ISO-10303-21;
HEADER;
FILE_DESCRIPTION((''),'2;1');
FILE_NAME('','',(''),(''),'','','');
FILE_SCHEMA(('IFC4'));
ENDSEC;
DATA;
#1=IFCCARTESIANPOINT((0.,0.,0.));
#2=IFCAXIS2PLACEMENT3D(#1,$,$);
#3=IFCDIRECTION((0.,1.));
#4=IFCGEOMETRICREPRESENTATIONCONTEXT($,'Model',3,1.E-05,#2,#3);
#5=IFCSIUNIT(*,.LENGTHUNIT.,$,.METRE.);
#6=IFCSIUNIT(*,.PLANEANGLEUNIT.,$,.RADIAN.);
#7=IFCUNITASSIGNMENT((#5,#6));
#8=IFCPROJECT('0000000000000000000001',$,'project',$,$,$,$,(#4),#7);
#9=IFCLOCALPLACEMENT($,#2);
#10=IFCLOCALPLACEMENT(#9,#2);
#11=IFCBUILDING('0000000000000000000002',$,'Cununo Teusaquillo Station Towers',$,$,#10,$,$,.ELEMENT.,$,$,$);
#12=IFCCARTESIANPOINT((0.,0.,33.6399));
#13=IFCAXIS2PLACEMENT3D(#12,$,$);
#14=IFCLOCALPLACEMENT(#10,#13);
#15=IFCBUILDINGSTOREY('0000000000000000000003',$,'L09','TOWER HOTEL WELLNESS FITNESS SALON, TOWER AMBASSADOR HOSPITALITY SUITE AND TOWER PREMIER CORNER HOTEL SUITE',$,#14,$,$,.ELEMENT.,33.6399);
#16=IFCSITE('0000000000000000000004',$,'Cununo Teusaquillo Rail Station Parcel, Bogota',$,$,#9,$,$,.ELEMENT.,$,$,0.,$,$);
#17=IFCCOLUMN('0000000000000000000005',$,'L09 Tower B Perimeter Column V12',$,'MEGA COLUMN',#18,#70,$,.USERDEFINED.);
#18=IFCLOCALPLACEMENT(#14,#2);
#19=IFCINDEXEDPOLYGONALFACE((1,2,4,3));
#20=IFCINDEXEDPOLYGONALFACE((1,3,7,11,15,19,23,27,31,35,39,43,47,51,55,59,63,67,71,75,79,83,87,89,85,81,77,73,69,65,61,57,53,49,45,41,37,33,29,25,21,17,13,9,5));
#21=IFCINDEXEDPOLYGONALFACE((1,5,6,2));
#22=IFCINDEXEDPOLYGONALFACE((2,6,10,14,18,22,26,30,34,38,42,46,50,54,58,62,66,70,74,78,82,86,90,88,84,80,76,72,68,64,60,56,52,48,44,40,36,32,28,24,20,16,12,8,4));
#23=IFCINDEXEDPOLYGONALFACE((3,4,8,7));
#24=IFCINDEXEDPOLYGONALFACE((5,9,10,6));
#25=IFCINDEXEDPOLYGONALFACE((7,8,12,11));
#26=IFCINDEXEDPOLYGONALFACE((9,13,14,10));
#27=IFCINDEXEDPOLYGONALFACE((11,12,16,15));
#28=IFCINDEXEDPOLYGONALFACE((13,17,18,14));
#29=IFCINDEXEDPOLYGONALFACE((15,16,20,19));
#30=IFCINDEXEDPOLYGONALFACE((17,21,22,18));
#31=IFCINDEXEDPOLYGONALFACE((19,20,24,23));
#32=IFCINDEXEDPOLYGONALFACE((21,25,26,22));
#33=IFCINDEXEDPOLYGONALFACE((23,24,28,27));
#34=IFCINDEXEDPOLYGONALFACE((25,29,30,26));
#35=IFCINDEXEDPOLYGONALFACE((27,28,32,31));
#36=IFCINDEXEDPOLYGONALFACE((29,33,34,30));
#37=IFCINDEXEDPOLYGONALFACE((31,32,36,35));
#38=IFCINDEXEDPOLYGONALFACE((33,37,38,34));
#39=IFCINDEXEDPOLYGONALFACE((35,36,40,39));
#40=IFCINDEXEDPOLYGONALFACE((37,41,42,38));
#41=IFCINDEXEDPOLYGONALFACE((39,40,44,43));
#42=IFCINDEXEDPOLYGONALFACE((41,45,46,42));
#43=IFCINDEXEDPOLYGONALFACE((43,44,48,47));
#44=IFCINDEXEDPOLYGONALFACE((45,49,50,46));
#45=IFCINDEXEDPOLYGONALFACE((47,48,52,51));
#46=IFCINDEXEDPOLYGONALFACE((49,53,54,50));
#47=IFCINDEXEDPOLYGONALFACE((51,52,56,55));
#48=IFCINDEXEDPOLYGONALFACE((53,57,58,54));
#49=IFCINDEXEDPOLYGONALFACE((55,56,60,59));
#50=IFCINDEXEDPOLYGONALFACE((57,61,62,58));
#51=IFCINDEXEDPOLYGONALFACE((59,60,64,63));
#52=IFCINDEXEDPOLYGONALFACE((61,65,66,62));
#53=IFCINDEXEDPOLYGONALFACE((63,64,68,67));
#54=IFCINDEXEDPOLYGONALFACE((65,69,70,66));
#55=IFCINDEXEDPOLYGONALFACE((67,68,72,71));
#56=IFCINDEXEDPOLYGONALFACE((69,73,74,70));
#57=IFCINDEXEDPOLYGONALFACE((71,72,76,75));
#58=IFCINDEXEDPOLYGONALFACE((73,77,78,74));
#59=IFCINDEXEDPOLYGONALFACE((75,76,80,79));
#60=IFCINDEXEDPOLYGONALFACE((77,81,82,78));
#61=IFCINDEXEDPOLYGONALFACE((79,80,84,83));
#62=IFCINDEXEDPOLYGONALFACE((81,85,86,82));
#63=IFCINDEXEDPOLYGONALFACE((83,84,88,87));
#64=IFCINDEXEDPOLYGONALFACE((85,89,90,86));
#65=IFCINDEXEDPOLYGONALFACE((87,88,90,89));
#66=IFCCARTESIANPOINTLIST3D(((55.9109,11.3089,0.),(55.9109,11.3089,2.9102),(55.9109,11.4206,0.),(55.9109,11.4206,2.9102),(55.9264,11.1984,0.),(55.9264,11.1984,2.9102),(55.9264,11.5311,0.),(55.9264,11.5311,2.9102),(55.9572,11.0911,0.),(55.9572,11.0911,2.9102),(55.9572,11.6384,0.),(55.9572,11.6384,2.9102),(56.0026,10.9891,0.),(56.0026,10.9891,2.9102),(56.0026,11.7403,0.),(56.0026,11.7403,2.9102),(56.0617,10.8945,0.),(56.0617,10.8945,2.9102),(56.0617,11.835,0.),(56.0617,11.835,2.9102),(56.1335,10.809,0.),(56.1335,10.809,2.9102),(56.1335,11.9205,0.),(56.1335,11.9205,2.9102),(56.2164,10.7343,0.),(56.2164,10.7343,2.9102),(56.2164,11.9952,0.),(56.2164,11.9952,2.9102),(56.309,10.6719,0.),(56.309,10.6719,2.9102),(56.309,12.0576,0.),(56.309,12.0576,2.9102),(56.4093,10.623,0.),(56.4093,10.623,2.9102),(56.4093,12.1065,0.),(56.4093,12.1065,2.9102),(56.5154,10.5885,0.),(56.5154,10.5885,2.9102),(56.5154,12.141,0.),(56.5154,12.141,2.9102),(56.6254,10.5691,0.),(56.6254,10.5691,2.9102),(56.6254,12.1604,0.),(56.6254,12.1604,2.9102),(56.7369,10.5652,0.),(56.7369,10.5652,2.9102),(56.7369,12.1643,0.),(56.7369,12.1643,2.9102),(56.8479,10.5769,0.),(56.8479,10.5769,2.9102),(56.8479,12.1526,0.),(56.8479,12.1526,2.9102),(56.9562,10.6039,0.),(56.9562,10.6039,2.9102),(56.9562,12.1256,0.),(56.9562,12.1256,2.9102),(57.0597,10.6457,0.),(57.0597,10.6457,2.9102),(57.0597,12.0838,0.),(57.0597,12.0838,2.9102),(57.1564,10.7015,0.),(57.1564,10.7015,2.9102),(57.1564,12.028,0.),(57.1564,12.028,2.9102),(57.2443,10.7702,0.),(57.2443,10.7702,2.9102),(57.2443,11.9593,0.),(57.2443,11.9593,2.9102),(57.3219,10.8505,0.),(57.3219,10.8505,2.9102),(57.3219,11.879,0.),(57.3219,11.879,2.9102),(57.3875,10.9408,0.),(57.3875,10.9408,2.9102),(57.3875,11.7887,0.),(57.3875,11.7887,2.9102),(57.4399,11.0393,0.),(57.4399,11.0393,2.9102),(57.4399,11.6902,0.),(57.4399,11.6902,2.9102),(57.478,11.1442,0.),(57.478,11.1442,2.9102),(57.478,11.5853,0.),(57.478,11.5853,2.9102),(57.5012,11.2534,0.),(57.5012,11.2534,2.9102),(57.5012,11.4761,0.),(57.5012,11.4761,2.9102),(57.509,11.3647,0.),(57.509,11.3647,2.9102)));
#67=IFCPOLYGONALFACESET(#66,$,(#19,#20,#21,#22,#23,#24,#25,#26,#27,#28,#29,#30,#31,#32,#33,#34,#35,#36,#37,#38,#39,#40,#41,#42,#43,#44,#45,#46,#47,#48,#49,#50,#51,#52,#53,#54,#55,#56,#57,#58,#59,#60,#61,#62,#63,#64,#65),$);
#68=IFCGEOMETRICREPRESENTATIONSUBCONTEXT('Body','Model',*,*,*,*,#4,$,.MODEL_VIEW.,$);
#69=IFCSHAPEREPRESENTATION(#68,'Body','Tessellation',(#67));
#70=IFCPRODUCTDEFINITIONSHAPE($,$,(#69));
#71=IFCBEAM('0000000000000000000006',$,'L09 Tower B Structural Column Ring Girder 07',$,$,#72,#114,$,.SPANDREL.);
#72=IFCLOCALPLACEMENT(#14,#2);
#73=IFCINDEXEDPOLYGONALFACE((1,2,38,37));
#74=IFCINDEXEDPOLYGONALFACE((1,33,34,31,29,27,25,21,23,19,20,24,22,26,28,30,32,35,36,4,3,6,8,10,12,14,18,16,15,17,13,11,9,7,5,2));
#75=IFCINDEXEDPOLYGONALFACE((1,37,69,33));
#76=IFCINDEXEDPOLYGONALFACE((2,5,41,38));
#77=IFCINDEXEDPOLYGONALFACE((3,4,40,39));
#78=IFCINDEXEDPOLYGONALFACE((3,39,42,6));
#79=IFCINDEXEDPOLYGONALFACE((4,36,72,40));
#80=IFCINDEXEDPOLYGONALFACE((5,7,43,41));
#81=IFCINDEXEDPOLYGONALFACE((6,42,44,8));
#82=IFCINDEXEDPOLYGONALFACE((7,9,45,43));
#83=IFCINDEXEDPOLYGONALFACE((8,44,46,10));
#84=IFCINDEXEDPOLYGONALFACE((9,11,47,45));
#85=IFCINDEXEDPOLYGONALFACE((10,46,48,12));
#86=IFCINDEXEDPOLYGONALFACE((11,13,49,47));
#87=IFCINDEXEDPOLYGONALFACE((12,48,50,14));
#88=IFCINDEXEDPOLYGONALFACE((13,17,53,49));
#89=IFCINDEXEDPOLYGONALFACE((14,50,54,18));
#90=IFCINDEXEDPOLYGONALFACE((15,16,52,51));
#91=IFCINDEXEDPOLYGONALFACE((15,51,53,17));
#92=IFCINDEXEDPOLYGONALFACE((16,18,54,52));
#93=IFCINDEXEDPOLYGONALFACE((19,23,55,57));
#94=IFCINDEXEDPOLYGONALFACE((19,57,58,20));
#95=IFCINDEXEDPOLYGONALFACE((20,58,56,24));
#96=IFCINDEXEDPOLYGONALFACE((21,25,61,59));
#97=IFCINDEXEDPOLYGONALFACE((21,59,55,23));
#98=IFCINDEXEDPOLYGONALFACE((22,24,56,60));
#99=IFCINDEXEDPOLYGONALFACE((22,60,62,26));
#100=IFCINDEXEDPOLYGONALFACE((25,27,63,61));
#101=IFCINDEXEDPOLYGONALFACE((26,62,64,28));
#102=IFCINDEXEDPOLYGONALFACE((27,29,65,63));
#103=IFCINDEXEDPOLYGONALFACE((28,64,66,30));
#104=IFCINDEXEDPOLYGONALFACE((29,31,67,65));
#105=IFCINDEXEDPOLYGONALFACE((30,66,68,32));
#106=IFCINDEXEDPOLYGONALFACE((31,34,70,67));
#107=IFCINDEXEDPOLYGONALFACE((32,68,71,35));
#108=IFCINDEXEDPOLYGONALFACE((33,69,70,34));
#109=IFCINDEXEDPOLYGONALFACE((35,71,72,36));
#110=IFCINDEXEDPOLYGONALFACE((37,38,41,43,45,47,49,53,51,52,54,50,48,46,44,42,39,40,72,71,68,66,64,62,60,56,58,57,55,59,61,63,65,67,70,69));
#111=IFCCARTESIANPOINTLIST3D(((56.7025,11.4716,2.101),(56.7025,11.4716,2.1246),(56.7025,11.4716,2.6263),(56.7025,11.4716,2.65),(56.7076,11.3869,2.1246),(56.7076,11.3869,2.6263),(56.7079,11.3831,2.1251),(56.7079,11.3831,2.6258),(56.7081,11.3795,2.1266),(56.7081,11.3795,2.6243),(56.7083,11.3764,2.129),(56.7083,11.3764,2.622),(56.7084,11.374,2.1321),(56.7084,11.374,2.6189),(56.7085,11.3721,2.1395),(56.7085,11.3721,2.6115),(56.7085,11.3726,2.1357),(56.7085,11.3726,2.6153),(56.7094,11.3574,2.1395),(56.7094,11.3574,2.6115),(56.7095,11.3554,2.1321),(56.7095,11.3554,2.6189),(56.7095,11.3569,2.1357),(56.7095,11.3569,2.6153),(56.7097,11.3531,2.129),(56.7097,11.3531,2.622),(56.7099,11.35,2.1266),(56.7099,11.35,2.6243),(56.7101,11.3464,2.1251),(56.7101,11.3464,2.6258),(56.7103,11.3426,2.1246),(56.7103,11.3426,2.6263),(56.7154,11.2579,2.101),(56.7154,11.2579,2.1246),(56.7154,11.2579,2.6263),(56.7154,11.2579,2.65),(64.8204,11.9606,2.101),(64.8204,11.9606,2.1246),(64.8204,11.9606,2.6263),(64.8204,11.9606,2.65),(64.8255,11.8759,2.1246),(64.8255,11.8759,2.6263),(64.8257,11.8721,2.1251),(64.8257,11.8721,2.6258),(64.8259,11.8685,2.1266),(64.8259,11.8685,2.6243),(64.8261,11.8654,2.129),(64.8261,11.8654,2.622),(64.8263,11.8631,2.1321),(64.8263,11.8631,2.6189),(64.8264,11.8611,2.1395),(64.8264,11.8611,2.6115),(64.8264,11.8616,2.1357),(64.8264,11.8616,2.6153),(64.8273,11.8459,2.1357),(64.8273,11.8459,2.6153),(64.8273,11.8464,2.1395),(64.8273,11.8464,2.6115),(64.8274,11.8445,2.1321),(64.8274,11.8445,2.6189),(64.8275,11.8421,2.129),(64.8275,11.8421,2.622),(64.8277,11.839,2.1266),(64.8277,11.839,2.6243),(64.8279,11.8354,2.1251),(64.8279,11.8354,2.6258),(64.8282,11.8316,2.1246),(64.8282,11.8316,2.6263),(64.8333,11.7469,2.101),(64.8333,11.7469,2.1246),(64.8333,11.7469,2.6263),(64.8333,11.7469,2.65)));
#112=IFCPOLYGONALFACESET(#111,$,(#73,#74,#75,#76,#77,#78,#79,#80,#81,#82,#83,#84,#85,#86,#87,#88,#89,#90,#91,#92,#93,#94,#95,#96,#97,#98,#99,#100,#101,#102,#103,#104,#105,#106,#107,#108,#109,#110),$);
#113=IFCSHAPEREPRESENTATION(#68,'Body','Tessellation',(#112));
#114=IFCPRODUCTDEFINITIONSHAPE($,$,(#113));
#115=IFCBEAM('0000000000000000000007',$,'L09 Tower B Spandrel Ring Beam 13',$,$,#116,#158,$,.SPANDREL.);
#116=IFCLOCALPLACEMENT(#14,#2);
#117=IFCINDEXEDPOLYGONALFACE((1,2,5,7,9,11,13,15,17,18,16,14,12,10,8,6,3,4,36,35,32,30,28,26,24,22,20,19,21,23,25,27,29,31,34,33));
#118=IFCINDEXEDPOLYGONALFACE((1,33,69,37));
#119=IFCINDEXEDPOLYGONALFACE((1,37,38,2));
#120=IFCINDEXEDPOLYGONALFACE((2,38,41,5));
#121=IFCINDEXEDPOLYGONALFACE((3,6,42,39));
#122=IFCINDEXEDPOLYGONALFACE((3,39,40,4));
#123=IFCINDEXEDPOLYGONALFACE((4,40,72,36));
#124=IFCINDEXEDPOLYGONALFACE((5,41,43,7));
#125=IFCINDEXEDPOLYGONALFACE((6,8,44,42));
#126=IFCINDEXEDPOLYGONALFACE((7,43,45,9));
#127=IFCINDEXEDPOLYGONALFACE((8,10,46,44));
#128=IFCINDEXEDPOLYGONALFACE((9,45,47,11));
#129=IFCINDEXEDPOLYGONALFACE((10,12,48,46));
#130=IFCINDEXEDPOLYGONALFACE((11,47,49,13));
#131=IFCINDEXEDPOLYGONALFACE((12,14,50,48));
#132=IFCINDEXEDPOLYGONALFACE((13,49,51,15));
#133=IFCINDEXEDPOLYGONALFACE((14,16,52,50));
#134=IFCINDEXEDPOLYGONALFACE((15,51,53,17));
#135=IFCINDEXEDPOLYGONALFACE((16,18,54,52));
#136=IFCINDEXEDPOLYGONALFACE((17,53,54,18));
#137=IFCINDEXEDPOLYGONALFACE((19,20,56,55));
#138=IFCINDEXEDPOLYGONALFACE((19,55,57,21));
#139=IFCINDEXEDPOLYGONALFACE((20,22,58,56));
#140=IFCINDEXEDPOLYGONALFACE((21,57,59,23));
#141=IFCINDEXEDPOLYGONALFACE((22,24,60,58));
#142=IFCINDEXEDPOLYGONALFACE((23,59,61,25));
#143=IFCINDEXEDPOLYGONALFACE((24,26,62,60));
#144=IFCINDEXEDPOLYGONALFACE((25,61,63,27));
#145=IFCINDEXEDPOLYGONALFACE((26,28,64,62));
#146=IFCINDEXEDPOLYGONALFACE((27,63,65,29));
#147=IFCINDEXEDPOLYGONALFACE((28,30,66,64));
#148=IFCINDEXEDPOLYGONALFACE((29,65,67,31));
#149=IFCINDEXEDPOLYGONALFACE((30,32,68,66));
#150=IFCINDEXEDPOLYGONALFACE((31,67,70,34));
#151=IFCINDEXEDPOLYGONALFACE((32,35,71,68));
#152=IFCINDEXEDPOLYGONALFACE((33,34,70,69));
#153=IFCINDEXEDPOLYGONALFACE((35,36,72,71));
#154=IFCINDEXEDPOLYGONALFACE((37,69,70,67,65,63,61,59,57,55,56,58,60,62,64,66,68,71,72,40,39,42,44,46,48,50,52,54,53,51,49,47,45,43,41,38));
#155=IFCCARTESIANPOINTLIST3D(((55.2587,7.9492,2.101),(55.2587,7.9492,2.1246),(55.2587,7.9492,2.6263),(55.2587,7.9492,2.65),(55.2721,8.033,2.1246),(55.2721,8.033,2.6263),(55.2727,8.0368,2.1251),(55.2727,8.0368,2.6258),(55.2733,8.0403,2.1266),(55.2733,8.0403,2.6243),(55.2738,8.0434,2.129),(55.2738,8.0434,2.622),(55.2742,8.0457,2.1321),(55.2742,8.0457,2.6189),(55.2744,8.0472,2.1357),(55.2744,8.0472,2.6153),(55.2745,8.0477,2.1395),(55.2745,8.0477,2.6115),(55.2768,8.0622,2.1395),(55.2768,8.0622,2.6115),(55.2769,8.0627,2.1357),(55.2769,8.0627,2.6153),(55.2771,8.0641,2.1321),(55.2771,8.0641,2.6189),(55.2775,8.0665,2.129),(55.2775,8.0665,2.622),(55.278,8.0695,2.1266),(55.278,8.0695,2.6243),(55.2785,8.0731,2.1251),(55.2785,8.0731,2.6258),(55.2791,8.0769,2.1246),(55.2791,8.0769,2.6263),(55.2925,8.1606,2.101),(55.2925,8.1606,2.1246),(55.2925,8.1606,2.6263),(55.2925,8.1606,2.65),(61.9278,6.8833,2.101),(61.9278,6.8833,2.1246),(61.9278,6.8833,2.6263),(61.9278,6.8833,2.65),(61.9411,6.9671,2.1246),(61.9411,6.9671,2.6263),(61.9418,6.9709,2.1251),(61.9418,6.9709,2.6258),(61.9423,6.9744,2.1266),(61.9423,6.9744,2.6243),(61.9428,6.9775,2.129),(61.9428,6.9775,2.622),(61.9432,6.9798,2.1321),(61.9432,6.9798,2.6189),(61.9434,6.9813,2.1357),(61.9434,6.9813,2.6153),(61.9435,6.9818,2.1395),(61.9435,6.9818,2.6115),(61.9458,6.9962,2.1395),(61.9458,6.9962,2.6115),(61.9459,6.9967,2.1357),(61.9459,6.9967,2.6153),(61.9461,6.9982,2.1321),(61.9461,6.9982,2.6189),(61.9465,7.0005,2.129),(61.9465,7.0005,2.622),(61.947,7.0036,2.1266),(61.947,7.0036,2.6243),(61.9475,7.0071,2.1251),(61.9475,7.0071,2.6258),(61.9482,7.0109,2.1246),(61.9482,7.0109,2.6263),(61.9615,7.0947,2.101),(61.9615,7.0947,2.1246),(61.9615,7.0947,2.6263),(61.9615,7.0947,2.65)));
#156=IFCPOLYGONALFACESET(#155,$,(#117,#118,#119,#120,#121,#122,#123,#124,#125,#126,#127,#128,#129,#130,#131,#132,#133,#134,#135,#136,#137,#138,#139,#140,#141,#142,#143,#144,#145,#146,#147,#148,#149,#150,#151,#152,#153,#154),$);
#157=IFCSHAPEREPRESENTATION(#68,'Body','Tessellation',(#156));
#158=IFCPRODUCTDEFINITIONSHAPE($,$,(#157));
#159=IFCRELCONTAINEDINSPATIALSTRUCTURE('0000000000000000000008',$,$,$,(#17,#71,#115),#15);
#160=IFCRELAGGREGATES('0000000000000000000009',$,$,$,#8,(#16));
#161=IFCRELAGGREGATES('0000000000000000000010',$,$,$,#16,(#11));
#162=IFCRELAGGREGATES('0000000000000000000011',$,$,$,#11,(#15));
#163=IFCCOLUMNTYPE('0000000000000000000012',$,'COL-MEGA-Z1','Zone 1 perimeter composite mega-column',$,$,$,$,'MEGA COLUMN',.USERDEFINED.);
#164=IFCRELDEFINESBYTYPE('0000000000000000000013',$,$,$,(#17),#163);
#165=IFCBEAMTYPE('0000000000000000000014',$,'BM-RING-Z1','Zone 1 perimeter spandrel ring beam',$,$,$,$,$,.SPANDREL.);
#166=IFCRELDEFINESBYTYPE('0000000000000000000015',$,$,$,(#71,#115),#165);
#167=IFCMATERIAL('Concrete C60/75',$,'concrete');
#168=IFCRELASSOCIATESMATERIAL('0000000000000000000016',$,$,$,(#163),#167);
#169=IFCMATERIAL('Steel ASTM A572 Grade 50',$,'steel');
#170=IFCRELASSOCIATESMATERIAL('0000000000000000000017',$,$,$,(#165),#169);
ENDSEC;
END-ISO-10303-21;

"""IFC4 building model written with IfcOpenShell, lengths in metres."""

from ifc_helpers import new_model, si_unit, direction, frame, origin, origin_2d, place, context, subcontext, project, spatial, circle, i_section, extrude, material, material_profile, profile_set, type_object, element, save


model = new_model("IFC4")

# Units and contexts
model_context = context("Model", 3, precision=1e-05, world=origin(), true_north=direction((0.0, 1.0)))
body_context = subcontext(model_context, "Body", "Model", "MODEL_VIEW")
ifc_project = project(units=[si_unit("LENGTHUNIT", "METRE"), si_unit("PLANEANGLEUNIT", "RADIAN")], contexts=[model_context])

# Site, building, storey
site_placement = place(None, origin())
site = spatial("IfcSite", under=ifc_project, at=site_placement, Name="Cununo Teusaquillo Rail Station Parcel, Bogota", CompositionType="ELEMENT", RefElevation=0.0)
building_placement = place(site_placement, origin())
building = spatial("IfcBuilding", under=site, at=building_placement, Name="Cununo Teusaquillo Station Towers", CompositionType="ELEMENT")
storey_placement = place(building_placement, frame((0.0, 0.0, 33.6399)))
storey = spatial("IfcBuildingStorey", under=building, at=storey_placement, Name="L09", Description="TOWER HOTEL WELLNESS FITNESS SALON, TOWER AMBASSADOR HOSPITALITY SUITE AND TOWER PREMIER CORNER HOTEL SUITE", CompositionType="ELEMENT", Elevation=33.6399)

# Column
ifc_material_1 = material(Name="Concrete C60/75", Category="concrete")
ifc_material_profile_1 = material_profile(ifc_material_1, circle(Radius=0.8, at=origin_2d()), Name="RC-CIRC-1600")
ifc_profile_set_1 = profile_set([ifc_material_profile_1], Name="Concrete C60/75")
column_type = type_object("IfcColumnType", Name="COL-MEGA-Z1", Description="Zone 1 perimeter composite mega-column", ElementType="MEGA COLUMN", PredefinedType="USERDEFINED", material=ifc_profile_set_1)
column_placement = place(storey_placement, frame((56.709, 11.3647, 0.0), z_axis=(0.0, 0.0, 1.0), x_axis=(1.0, 0.0, 0.0)))
element("IfcColumn", 1, at=column_placement, inside=storey, type_object=column_type, Name="L09 Tower B Perimeter Column V12", ObjectType="MEGA COLUMN", PredefinedType="USERDEFINED", context=body_context, shape_type="SweptSolid", body=[
    extrude(circle(Radius=0.8, at=origin_2d()), origin(), (0.0, 0.0, 1.0), 2.9102),
])

# Beams
ifc_material_2 = material(Name="Steel ASTM A572 Grade 50", Category="steel")
ifc_material_profile_2 = material_profile(ifc_material_2, i_section(OverallWidth=0.2141, OverallDepth=0.5491, WebThickness=0.0146, FlangeThickness=0.0237, FilletRadius=0.0149, at=origin_2d()), Name="W21X93")
ifc_profile_set_2 = profile_set([ifc_material_profile_2], Name="Steel ASTM A572 Grade 50")
beam_type = type_object("IfcBeamType", Name="BM-RING-Z1", Description="Zone 1 perimeter spandrel ring beam", PredefinedType="SPANDREL", material=ifc_profile_set_2)
beam_1_placement = place(storey_placement, frame((56.709, 11.3647, 2.3755), z_axis=(0.998191, 0.06013, 0.0), x_axis=(-0.06013, 0.998191, 0.0)))
element("IfcBeam", 2, at=beam_1_placement, inside=storey, type_object=beam_type, Name="L09 Tower B Structural Column Ring Girder 07", PredefinedType="SPANDREL", context=body_context, shape_type="SweptSolid", body=[
    extrude(i_section(OverallWidth=0.2141, OverallDepth=0.5491, WebThickness=0.0146, FlangeThickness=0.0237, FilletRadius=0.0149, at=origin_2d()), origin(), (0.0, 0.0, 1.0), 8.1326),
])
beam_2_placement = place(storey_placement, frame((55.2756, 8.0549, 2.3755), z_axis=(0.987466, -0.15783, 0.0), x_axis=(0.15783, 0.987466, 0.0)))
element("IfcBeam", 3, at=beam_2_placement, inside=storey, type_object=beam_type, Name="L09 Tower B Spandrel Ring Beam 13", PredefinedType="SPANDREL", context=body_context, shape_type="SweptSolid", body=[
    extrude(i_section(OverallWidth=0.2141, OverallDepth=0.5491, WebThickness=0.0146, FlangeThickness=0.0237, FilletRadius=0.0149, at=origin_2d()), origin(), (0.0, 0.0, 1.0), 6.7537),
])

save(model, "model.ifc")
